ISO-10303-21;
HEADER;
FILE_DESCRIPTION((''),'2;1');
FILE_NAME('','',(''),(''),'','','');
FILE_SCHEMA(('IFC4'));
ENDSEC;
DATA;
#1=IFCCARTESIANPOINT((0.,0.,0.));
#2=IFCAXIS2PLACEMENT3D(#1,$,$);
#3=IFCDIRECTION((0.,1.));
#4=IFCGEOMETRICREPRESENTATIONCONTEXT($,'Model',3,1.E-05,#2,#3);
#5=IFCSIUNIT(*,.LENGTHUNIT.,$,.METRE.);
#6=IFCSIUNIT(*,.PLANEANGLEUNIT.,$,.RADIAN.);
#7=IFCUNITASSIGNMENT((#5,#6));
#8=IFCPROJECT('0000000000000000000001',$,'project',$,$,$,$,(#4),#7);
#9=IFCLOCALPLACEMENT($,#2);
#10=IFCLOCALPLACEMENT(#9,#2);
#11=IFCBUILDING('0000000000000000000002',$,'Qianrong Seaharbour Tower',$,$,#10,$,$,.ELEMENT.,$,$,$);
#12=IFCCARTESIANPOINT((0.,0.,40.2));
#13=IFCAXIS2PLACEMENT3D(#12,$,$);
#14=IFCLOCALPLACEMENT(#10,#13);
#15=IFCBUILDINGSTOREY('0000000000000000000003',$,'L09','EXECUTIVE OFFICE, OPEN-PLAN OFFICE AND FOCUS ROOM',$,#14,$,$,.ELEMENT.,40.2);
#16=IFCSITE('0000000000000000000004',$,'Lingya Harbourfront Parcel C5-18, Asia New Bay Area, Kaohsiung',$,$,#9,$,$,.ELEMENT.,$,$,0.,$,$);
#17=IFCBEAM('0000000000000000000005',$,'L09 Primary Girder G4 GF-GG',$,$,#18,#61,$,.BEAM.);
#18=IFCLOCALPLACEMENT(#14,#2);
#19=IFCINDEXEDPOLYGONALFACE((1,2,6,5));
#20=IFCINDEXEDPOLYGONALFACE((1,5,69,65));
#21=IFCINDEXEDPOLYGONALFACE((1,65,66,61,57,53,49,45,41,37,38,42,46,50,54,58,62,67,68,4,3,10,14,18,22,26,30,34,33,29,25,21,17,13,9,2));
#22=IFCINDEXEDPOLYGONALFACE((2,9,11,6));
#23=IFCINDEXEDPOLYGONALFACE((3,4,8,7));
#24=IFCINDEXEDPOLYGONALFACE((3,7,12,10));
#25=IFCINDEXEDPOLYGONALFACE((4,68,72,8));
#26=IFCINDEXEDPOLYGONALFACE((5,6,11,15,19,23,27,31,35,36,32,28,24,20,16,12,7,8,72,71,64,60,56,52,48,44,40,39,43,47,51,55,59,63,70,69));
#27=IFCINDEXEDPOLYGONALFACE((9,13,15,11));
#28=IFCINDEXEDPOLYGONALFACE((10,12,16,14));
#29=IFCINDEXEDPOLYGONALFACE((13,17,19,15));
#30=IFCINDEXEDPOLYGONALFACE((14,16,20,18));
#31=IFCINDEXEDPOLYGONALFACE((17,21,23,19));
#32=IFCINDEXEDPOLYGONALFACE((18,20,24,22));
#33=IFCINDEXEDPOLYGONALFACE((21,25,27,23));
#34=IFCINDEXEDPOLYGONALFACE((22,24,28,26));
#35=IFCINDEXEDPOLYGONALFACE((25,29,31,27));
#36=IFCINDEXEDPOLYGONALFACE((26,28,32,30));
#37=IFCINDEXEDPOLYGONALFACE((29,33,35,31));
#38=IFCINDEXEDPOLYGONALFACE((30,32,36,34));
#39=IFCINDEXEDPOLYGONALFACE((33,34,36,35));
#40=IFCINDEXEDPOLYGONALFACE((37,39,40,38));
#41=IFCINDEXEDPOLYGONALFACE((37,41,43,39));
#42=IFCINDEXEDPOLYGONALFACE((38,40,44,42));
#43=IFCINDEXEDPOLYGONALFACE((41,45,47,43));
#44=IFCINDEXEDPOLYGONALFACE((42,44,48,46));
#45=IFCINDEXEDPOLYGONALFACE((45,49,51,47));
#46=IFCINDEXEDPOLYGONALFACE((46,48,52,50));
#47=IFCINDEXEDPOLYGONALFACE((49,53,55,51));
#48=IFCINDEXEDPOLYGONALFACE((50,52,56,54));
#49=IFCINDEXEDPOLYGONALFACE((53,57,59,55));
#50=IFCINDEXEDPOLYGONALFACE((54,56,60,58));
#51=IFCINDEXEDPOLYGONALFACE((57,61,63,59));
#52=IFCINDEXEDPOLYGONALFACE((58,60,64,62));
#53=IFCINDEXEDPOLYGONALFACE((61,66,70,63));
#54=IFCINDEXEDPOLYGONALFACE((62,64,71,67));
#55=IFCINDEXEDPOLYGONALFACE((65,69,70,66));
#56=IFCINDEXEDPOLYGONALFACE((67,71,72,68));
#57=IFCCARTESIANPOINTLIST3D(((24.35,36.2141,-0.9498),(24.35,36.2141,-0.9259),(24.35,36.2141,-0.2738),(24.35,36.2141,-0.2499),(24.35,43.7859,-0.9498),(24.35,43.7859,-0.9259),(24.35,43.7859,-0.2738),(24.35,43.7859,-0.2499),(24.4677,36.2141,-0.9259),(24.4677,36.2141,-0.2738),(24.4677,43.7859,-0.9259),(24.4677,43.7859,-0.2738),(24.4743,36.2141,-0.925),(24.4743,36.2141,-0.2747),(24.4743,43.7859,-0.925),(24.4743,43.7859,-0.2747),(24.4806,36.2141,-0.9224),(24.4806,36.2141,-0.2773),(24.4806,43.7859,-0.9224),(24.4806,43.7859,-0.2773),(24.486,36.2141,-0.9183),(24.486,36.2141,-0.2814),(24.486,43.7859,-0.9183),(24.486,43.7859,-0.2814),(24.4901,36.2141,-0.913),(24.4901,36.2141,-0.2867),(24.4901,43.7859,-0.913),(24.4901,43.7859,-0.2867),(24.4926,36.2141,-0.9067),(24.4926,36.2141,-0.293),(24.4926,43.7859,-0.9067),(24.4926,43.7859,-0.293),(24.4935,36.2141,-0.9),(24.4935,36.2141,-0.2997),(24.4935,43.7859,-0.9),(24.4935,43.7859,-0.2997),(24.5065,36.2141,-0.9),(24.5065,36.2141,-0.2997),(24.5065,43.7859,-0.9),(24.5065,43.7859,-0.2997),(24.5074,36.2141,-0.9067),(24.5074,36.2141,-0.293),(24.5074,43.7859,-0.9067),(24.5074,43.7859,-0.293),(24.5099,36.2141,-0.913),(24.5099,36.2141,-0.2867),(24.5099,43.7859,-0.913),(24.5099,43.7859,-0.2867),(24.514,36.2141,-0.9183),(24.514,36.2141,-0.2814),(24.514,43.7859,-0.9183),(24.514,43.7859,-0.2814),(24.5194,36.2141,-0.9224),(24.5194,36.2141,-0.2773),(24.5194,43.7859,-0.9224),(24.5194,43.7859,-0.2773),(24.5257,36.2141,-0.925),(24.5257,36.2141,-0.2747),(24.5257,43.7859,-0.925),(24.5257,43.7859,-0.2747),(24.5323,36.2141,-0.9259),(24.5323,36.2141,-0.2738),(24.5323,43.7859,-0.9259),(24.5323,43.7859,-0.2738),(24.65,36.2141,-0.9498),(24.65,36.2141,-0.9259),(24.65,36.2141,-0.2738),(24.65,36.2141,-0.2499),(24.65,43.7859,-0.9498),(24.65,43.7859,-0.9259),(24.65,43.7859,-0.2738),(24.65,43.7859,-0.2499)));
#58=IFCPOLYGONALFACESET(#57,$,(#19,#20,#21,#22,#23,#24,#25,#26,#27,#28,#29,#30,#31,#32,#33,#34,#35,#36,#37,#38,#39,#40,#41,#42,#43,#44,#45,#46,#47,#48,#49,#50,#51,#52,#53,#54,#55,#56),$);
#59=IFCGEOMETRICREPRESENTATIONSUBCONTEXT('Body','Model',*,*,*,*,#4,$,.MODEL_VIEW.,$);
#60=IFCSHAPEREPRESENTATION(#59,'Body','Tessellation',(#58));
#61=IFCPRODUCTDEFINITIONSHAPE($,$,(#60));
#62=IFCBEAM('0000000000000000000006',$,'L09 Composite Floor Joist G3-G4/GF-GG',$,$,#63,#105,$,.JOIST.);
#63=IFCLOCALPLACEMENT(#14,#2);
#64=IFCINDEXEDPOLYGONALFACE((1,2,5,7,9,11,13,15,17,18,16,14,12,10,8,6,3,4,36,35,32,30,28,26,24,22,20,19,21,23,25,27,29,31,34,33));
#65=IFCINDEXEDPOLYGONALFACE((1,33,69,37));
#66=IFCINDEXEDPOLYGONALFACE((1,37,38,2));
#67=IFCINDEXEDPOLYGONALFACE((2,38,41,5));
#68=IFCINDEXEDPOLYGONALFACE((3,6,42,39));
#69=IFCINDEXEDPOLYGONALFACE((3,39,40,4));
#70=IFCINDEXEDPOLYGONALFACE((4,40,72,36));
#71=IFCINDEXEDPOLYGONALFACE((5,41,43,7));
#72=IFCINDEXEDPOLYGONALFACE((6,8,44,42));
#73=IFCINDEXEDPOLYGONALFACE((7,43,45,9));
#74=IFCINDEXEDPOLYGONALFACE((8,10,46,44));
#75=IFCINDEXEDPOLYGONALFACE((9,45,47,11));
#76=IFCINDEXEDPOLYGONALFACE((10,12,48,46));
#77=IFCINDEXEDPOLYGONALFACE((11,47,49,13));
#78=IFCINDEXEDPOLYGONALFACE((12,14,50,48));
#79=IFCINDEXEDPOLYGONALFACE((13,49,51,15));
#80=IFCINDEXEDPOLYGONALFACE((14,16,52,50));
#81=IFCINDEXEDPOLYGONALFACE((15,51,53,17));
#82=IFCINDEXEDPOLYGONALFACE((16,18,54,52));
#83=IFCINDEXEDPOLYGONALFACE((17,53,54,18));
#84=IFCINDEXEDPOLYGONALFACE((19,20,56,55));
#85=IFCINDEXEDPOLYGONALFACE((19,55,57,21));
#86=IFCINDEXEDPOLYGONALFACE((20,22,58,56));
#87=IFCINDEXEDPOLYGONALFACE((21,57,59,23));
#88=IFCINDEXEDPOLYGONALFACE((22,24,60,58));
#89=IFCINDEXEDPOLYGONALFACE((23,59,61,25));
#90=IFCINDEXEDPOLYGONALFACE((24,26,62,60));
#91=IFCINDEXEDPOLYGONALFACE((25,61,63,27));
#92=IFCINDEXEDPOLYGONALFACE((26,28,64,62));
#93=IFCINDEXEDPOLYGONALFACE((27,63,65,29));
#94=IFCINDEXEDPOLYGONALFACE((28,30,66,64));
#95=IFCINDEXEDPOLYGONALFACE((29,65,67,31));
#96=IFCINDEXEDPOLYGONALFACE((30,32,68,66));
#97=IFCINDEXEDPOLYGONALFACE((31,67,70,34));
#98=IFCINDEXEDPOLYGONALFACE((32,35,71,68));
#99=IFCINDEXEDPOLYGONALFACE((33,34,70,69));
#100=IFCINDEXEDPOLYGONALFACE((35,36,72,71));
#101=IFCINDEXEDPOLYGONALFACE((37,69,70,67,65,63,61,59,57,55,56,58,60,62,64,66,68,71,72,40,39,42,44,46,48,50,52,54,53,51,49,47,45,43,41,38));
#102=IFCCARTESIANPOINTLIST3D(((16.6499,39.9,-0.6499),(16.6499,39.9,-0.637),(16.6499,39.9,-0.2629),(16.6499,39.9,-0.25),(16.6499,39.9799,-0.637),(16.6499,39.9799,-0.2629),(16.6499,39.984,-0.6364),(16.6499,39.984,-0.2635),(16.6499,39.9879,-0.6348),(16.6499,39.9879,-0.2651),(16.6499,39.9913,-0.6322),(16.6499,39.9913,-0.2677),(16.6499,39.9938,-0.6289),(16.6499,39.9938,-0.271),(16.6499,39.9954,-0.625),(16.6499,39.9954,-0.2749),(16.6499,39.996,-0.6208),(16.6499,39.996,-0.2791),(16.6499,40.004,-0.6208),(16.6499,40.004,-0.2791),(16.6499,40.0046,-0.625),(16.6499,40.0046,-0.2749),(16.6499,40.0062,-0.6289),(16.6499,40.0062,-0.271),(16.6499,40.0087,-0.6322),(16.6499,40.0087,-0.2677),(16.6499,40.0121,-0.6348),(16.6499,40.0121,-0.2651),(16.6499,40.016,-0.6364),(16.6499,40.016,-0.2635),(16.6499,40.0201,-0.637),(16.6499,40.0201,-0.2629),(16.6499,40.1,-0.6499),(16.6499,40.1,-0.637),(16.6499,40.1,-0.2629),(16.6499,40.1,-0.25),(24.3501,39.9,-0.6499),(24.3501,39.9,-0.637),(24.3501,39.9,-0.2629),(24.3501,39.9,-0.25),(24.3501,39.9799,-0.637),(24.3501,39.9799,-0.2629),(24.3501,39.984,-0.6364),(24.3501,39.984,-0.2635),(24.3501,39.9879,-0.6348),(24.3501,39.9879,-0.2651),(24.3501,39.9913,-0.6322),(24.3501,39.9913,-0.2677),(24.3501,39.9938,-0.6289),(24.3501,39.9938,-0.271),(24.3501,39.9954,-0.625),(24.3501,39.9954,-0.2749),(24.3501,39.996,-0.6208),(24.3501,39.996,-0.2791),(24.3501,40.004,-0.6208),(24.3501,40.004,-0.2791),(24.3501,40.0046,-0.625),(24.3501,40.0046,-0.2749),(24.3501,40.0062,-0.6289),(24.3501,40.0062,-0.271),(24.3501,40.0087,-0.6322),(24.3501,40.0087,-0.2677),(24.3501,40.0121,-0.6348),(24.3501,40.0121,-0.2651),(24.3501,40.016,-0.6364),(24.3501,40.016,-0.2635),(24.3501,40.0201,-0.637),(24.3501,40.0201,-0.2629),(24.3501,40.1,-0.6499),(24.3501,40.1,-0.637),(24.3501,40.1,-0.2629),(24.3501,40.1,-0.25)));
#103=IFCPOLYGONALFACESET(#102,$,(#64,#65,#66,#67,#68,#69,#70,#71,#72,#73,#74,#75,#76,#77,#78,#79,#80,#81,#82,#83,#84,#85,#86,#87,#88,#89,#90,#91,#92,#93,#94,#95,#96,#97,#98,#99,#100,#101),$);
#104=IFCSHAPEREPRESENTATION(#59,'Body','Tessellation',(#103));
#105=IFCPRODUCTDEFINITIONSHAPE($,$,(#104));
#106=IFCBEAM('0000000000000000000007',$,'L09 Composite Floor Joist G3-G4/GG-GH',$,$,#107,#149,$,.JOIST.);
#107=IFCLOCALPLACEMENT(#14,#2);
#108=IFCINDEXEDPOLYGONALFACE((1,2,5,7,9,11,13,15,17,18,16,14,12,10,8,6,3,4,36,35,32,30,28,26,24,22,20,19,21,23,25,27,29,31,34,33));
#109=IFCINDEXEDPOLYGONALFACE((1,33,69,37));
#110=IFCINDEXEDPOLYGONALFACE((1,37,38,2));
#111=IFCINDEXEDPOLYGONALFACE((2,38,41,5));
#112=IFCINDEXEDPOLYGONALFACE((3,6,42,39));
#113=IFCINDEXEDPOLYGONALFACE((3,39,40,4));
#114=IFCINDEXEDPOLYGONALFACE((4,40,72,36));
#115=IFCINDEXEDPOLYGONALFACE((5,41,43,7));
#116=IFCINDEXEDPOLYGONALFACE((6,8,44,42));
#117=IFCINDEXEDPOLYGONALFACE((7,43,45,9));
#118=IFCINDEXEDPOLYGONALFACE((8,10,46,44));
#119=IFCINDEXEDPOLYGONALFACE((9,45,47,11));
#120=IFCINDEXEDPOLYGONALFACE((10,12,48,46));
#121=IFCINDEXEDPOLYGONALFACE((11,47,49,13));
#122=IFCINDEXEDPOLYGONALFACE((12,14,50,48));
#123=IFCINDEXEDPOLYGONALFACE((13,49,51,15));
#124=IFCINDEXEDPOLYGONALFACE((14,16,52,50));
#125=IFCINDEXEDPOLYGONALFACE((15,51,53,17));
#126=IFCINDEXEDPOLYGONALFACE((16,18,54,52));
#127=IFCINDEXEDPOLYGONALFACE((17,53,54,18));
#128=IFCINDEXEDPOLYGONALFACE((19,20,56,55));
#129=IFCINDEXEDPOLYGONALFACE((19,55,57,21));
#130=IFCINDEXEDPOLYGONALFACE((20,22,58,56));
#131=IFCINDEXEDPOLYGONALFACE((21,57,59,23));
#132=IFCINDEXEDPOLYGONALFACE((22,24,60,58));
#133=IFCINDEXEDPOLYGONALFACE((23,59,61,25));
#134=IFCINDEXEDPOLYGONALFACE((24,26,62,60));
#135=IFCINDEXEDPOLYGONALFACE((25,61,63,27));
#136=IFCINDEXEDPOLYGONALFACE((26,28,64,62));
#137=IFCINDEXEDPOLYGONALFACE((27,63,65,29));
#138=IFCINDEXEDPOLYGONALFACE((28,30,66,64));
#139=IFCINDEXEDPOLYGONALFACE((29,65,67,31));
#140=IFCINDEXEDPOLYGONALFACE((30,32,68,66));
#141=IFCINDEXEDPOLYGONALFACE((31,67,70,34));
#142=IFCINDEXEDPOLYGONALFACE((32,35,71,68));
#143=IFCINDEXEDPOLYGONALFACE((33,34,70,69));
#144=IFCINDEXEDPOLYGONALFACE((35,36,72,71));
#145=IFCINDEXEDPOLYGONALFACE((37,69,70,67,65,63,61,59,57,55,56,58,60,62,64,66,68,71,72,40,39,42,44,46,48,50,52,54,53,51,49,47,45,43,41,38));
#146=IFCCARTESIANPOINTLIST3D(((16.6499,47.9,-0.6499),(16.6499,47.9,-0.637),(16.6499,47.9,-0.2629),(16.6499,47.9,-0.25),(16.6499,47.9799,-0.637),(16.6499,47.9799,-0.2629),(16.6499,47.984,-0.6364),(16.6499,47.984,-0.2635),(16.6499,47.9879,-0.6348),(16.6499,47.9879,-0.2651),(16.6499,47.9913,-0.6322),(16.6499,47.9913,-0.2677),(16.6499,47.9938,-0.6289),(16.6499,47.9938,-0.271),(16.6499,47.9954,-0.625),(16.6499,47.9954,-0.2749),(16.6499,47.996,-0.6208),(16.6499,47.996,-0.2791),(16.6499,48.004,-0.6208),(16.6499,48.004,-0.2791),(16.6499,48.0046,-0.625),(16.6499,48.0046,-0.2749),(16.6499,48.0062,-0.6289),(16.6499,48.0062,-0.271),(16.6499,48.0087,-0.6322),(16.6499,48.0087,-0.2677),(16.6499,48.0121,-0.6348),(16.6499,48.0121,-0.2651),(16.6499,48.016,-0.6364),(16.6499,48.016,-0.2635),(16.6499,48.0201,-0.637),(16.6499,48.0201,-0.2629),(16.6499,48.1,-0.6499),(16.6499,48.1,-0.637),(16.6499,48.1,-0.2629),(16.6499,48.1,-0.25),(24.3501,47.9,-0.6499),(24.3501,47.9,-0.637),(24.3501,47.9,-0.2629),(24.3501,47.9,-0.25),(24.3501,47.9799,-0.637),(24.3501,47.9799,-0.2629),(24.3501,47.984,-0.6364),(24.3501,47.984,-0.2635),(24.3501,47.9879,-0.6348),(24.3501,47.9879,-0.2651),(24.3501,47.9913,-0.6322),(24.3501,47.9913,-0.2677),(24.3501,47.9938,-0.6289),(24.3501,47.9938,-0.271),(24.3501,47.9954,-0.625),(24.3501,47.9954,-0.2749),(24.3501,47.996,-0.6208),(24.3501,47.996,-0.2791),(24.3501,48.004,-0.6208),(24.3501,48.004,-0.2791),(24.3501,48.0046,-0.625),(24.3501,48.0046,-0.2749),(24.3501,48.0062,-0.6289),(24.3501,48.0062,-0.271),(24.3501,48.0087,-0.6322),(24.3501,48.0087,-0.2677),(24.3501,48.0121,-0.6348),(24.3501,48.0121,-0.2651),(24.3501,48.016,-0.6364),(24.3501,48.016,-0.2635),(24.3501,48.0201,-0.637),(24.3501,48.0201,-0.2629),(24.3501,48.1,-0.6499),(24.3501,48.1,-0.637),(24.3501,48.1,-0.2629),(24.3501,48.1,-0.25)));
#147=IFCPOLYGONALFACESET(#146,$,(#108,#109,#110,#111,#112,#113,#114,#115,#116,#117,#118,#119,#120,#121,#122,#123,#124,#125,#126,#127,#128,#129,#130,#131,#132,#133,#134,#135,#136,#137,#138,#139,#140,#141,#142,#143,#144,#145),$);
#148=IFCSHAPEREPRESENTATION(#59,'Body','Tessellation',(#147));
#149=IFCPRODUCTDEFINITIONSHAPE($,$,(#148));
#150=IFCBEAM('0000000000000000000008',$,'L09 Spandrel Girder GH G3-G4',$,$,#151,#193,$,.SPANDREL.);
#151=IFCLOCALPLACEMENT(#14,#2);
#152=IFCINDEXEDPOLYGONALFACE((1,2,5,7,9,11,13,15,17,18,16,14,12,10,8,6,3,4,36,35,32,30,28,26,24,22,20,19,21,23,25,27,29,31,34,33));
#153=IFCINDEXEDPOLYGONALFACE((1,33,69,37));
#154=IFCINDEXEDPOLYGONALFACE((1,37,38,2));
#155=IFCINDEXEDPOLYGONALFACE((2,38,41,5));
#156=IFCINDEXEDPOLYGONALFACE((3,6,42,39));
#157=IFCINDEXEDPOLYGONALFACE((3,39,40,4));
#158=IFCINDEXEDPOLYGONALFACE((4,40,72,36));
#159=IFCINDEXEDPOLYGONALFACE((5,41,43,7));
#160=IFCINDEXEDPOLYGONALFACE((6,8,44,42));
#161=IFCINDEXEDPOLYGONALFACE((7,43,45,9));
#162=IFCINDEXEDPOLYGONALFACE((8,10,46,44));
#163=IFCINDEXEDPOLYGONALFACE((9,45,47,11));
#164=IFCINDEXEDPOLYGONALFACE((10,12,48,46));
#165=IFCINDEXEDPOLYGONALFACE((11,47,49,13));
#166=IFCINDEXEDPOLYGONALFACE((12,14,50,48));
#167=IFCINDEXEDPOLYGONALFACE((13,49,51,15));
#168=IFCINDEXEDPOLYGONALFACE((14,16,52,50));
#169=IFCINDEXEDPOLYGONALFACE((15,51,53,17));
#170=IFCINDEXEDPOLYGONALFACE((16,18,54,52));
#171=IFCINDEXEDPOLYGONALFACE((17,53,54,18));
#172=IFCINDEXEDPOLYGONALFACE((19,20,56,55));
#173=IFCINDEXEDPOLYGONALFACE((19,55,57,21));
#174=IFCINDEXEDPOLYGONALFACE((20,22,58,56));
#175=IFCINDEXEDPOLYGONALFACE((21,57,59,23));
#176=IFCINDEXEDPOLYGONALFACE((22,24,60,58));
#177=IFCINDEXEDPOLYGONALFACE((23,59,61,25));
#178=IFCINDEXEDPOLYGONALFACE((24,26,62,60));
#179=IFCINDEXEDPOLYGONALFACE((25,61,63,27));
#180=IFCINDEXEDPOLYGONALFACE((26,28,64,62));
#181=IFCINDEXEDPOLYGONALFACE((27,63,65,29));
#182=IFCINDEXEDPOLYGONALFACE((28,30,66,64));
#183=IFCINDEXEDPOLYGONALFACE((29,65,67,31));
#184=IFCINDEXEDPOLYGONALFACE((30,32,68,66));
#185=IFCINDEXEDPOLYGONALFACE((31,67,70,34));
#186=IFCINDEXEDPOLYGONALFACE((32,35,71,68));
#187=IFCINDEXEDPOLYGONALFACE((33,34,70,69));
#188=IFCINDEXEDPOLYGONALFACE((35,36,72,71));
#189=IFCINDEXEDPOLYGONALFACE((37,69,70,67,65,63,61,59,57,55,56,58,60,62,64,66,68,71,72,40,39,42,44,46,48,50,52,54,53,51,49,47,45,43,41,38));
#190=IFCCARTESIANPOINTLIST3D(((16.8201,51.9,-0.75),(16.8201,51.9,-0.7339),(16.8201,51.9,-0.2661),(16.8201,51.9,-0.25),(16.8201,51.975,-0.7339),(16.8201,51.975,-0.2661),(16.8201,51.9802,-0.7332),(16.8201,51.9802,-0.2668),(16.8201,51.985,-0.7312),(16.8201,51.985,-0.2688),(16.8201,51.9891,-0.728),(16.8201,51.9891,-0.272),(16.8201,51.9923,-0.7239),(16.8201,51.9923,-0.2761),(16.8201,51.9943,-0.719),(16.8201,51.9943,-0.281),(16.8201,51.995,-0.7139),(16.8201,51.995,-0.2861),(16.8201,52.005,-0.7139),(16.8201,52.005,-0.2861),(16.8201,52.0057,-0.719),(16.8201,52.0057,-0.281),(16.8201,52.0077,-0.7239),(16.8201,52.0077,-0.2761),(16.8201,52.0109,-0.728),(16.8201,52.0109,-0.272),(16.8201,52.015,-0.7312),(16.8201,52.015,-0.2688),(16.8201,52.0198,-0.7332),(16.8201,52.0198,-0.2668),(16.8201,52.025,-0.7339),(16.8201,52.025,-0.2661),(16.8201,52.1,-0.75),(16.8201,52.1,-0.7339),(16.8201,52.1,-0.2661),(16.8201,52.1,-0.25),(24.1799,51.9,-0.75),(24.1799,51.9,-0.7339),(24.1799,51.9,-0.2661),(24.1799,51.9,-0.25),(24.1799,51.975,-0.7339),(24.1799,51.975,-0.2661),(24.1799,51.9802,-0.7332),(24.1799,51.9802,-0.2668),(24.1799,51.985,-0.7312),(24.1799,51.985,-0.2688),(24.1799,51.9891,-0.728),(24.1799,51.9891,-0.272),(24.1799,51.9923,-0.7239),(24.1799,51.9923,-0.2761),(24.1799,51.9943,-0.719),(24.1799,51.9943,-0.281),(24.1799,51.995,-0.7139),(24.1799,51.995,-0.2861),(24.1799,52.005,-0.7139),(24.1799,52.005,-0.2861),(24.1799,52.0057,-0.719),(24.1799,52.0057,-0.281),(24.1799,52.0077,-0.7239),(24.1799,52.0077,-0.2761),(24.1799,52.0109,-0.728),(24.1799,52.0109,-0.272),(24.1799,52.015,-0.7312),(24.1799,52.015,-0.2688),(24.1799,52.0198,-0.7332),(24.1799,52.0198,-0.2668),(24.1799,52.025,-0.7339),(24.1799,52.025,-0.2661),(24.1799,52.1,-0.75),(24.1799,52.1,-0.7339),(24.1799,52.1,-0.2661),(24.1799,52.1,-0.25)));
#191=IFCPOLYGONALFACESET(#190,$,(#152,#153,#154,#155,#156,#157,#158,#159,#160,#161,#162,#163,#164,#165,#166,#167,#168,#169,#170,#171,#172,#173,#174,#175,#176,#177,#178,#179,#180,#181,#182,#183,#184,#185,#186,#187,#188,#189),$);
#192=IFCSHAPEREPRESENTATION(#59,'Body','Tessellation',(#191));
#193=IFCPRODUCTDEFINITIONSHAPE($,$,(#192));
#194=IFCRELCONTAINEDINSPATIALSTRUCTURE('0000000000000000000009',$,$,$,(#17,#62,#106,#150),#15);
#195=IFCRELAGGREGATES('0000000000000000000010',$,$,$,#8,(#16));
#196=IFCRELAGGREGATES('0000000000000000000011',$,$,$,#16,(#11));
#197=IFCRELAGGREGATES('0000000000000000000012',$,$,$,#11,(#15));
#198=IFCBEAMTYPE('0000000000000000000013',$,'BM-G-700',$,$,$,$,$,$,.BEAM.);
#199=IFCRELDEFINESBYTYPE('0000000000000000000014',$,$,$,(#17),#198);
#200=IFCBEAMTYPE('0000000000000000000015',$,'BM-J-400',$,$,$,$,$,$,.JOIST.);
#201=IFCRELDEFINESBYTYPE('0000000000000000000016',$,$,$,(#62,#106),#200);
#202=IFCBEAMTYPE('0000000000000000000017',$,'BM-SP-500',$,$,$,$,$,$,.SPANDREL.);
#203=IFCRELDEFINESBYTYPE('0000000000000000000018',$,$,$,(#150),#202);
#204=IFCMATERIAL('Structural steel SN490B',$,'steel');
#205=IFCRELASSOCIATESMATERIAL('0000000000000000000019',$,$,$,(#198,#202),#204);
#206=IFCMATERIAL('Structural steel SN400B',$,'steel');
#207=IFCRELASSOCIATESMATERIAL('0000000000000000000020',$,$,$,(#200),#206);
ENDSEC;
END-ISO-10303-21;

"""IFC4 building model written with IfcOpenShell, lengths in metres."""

from ifc_helpers import new_model, si_unit, direction, frame, origin, origin_2d, place, context, subcontext, project, spatial, i_section, extrude, material, material_profile, profile_set, type_object, element, save


model = new_model("IFC4")

# Units and contexts
model_context = context("Model", 3, precision=1e-05, world=origin(), true_north=direction((0.0, 1.0)))
body_context = subcontext(model_context, "Body", "Model", "MODEL_VIEW")
ifc_project = project(units=[si_unit("LENGTHUNIT", "METRE"), si_unit("PLANEANGLEUNIT", "RADIAN")], contexts=[model_context])

# Site, building, storey
site_placement = place(None, origin())
site = spatial("IfcSite", under=ifc_project, at=site_placement, Name="Lingya Harbourfront Parcel C5-18, Asia New Bay Area, Kaohsiung", CompositionType="ELEMENT", RefElevation=0.0)
building_placement = place(site_placement, origin())
building = spatial("IfcBuilding", under=site, at=building_placement, Name="Qianrong Seaharbour Tower", CompositionType="ELEMENT")
storey_placement = place(building_placement, frame((0.0, 0.0, 40.2)))
storey = spatial("IfcBuildingStorey", under=building, at=storey_placement, Name="L09", Description="EXECUTIVE OFFICE, OPEN-PLAN OFFICE AND FOCUS ROOM", CompositionType="ELEMENT", Elevation=40.2)

# Shared definitions
ifc_material_1 = material(Name="Structural steel SN490B", Category="steel")

# Beams
ifc_material_profile_1 = material_profile(ifc_material_1, i_section(OverallWidth=0.3, OverallDepth=0.7, WebThickness=0.0129, FlangeThickness=0.0239, FilletRadius=0.0259, at=origin_2d()), Name="H700x300x13x24")
ifc_profile_set_1 = profile_set([ifc_material_profile_1], Name="Structural steel SN490B")
beam_type_1 = type_object("IfcBeamType", Name="BM-G-700", PredefinedType="BEAM", material=ifc_profile_set_1)
beam_1_placement = place(storey_placement, frame((24.5, 36.2141, -0.5999), z_axis=(0.0, 1.0, 0.0), x_axis=(-1.0, 0.0, 0.0)))
element("IfcBeam", 1, at=beam_1_placement, inside=storey, type_object=beam_type_1, Name="L09 Primary Girder G4 GF-GG", PredefinedType="BEAM", context=body_context, shape_type="SweptSolid", body=[
    extrude(i_section(OverallWidth=0.3, OverallDepth=0.7, WebThickness=0.0129, FlangeThickness=0.0239, FilletRadius=0.0259, at=origin_2d()), origin(), (0.0, 0.0, 1.0), 7.5718),
])
ifc_material_2 = material(Name="Structural steel SN400B", Category="steel")
ifc_material_profile_2 = material_profile(ifc_material_2, i_section(OverallWidth=0.2, OverallDepth=0.3999, WebThickness=0.0081, FlangeThickness=0.0129, FilletRadius=0.0161, at=origin_2d()), Name="H400x200x8x13")
ifc_profile_set_2 = profile_set([ifc_material_profile_2], Name="Structural steel SN400B")
beam_type_2 = type_object("IfcBeamType", Name="BM-J-400", PredefinedType="JOIST", material=ifc_profile_set_2)
for number, where, z_axis, x_axis, name in (
    (2, (16.6499, 40.0, -0.45), (1.0, 0.0, 0.0), (0.0, 1.0, 0.0), "L09 Composite Floor Joist G3-G4/GF-GG"),
    (3, (16.6499, 48.0, -0.45), (1.0, 0.0, 0.0), (0.0, 1.0, 0.0), "L09 Composite Floor Joist G3-G4/GG-GH"),
):
    element("IfcBeam", number, at=place(storey_placement, frame(where, z_axis=z_axis, x_axis=x_axis)), inside=storey, type_object=beam_type_2, Name=name, PredefinedType="JOIST", context=body_context, shape_type="SweptSolid", body=[
        extrude(i_section(OverallWidth=0.2, OverallDepth=0.3999, WebThickness=0.0081, FlangeThickness=0.0129, FilletRadius=0.0161, at=origin_2d()), origin(), (0.0, 0.0, 1.0), 7.7002),
    ])
ifc_material_profile_3 = material_profile(ifc_material_1, i_section(OverallWidth=0.2, OverallDepth=0.5, WebThickness=0.01, FlangeThickness=0.0161, FilletRadius=0.02, at=origin_2d()), Name="H500x200x10x16")
ifc_profile_set_3 = profile_set([ifc_material_profile_3], Name="Structural steel SN490B")
beam_type_3 = type_object("IfcBeamType", Name="BM-SP-500", PredefinedType="SPANDREL", material=ifc_profile_set_3)
beam_2_placement = place(storey_placement, frame((16.8201, 52.0, -0.5), z_axis=(1.0, 0.0, 0.0), x_axis=(0.0, 1.0, 0.0)))
element("IfcBeam", 4, at=beam_2_placement, inside=storey, type_object=beam_type_3, Name="L09 Spandrel Girder GH G3-G4", PredefinedType="SPANDREL", context=body_context, shape_type="SweptSolid", body=[
    extrude(i_section(OverallWidth=0.2, OverallDepth=0.5, WebThickness=0.01, FlangeThickness=0.0161, FilletRadius=0.02, at=origin_2d()), origin(), (0.0, 0.0, 1.0), 7.3599),
])

save(model, "model.ifc")
